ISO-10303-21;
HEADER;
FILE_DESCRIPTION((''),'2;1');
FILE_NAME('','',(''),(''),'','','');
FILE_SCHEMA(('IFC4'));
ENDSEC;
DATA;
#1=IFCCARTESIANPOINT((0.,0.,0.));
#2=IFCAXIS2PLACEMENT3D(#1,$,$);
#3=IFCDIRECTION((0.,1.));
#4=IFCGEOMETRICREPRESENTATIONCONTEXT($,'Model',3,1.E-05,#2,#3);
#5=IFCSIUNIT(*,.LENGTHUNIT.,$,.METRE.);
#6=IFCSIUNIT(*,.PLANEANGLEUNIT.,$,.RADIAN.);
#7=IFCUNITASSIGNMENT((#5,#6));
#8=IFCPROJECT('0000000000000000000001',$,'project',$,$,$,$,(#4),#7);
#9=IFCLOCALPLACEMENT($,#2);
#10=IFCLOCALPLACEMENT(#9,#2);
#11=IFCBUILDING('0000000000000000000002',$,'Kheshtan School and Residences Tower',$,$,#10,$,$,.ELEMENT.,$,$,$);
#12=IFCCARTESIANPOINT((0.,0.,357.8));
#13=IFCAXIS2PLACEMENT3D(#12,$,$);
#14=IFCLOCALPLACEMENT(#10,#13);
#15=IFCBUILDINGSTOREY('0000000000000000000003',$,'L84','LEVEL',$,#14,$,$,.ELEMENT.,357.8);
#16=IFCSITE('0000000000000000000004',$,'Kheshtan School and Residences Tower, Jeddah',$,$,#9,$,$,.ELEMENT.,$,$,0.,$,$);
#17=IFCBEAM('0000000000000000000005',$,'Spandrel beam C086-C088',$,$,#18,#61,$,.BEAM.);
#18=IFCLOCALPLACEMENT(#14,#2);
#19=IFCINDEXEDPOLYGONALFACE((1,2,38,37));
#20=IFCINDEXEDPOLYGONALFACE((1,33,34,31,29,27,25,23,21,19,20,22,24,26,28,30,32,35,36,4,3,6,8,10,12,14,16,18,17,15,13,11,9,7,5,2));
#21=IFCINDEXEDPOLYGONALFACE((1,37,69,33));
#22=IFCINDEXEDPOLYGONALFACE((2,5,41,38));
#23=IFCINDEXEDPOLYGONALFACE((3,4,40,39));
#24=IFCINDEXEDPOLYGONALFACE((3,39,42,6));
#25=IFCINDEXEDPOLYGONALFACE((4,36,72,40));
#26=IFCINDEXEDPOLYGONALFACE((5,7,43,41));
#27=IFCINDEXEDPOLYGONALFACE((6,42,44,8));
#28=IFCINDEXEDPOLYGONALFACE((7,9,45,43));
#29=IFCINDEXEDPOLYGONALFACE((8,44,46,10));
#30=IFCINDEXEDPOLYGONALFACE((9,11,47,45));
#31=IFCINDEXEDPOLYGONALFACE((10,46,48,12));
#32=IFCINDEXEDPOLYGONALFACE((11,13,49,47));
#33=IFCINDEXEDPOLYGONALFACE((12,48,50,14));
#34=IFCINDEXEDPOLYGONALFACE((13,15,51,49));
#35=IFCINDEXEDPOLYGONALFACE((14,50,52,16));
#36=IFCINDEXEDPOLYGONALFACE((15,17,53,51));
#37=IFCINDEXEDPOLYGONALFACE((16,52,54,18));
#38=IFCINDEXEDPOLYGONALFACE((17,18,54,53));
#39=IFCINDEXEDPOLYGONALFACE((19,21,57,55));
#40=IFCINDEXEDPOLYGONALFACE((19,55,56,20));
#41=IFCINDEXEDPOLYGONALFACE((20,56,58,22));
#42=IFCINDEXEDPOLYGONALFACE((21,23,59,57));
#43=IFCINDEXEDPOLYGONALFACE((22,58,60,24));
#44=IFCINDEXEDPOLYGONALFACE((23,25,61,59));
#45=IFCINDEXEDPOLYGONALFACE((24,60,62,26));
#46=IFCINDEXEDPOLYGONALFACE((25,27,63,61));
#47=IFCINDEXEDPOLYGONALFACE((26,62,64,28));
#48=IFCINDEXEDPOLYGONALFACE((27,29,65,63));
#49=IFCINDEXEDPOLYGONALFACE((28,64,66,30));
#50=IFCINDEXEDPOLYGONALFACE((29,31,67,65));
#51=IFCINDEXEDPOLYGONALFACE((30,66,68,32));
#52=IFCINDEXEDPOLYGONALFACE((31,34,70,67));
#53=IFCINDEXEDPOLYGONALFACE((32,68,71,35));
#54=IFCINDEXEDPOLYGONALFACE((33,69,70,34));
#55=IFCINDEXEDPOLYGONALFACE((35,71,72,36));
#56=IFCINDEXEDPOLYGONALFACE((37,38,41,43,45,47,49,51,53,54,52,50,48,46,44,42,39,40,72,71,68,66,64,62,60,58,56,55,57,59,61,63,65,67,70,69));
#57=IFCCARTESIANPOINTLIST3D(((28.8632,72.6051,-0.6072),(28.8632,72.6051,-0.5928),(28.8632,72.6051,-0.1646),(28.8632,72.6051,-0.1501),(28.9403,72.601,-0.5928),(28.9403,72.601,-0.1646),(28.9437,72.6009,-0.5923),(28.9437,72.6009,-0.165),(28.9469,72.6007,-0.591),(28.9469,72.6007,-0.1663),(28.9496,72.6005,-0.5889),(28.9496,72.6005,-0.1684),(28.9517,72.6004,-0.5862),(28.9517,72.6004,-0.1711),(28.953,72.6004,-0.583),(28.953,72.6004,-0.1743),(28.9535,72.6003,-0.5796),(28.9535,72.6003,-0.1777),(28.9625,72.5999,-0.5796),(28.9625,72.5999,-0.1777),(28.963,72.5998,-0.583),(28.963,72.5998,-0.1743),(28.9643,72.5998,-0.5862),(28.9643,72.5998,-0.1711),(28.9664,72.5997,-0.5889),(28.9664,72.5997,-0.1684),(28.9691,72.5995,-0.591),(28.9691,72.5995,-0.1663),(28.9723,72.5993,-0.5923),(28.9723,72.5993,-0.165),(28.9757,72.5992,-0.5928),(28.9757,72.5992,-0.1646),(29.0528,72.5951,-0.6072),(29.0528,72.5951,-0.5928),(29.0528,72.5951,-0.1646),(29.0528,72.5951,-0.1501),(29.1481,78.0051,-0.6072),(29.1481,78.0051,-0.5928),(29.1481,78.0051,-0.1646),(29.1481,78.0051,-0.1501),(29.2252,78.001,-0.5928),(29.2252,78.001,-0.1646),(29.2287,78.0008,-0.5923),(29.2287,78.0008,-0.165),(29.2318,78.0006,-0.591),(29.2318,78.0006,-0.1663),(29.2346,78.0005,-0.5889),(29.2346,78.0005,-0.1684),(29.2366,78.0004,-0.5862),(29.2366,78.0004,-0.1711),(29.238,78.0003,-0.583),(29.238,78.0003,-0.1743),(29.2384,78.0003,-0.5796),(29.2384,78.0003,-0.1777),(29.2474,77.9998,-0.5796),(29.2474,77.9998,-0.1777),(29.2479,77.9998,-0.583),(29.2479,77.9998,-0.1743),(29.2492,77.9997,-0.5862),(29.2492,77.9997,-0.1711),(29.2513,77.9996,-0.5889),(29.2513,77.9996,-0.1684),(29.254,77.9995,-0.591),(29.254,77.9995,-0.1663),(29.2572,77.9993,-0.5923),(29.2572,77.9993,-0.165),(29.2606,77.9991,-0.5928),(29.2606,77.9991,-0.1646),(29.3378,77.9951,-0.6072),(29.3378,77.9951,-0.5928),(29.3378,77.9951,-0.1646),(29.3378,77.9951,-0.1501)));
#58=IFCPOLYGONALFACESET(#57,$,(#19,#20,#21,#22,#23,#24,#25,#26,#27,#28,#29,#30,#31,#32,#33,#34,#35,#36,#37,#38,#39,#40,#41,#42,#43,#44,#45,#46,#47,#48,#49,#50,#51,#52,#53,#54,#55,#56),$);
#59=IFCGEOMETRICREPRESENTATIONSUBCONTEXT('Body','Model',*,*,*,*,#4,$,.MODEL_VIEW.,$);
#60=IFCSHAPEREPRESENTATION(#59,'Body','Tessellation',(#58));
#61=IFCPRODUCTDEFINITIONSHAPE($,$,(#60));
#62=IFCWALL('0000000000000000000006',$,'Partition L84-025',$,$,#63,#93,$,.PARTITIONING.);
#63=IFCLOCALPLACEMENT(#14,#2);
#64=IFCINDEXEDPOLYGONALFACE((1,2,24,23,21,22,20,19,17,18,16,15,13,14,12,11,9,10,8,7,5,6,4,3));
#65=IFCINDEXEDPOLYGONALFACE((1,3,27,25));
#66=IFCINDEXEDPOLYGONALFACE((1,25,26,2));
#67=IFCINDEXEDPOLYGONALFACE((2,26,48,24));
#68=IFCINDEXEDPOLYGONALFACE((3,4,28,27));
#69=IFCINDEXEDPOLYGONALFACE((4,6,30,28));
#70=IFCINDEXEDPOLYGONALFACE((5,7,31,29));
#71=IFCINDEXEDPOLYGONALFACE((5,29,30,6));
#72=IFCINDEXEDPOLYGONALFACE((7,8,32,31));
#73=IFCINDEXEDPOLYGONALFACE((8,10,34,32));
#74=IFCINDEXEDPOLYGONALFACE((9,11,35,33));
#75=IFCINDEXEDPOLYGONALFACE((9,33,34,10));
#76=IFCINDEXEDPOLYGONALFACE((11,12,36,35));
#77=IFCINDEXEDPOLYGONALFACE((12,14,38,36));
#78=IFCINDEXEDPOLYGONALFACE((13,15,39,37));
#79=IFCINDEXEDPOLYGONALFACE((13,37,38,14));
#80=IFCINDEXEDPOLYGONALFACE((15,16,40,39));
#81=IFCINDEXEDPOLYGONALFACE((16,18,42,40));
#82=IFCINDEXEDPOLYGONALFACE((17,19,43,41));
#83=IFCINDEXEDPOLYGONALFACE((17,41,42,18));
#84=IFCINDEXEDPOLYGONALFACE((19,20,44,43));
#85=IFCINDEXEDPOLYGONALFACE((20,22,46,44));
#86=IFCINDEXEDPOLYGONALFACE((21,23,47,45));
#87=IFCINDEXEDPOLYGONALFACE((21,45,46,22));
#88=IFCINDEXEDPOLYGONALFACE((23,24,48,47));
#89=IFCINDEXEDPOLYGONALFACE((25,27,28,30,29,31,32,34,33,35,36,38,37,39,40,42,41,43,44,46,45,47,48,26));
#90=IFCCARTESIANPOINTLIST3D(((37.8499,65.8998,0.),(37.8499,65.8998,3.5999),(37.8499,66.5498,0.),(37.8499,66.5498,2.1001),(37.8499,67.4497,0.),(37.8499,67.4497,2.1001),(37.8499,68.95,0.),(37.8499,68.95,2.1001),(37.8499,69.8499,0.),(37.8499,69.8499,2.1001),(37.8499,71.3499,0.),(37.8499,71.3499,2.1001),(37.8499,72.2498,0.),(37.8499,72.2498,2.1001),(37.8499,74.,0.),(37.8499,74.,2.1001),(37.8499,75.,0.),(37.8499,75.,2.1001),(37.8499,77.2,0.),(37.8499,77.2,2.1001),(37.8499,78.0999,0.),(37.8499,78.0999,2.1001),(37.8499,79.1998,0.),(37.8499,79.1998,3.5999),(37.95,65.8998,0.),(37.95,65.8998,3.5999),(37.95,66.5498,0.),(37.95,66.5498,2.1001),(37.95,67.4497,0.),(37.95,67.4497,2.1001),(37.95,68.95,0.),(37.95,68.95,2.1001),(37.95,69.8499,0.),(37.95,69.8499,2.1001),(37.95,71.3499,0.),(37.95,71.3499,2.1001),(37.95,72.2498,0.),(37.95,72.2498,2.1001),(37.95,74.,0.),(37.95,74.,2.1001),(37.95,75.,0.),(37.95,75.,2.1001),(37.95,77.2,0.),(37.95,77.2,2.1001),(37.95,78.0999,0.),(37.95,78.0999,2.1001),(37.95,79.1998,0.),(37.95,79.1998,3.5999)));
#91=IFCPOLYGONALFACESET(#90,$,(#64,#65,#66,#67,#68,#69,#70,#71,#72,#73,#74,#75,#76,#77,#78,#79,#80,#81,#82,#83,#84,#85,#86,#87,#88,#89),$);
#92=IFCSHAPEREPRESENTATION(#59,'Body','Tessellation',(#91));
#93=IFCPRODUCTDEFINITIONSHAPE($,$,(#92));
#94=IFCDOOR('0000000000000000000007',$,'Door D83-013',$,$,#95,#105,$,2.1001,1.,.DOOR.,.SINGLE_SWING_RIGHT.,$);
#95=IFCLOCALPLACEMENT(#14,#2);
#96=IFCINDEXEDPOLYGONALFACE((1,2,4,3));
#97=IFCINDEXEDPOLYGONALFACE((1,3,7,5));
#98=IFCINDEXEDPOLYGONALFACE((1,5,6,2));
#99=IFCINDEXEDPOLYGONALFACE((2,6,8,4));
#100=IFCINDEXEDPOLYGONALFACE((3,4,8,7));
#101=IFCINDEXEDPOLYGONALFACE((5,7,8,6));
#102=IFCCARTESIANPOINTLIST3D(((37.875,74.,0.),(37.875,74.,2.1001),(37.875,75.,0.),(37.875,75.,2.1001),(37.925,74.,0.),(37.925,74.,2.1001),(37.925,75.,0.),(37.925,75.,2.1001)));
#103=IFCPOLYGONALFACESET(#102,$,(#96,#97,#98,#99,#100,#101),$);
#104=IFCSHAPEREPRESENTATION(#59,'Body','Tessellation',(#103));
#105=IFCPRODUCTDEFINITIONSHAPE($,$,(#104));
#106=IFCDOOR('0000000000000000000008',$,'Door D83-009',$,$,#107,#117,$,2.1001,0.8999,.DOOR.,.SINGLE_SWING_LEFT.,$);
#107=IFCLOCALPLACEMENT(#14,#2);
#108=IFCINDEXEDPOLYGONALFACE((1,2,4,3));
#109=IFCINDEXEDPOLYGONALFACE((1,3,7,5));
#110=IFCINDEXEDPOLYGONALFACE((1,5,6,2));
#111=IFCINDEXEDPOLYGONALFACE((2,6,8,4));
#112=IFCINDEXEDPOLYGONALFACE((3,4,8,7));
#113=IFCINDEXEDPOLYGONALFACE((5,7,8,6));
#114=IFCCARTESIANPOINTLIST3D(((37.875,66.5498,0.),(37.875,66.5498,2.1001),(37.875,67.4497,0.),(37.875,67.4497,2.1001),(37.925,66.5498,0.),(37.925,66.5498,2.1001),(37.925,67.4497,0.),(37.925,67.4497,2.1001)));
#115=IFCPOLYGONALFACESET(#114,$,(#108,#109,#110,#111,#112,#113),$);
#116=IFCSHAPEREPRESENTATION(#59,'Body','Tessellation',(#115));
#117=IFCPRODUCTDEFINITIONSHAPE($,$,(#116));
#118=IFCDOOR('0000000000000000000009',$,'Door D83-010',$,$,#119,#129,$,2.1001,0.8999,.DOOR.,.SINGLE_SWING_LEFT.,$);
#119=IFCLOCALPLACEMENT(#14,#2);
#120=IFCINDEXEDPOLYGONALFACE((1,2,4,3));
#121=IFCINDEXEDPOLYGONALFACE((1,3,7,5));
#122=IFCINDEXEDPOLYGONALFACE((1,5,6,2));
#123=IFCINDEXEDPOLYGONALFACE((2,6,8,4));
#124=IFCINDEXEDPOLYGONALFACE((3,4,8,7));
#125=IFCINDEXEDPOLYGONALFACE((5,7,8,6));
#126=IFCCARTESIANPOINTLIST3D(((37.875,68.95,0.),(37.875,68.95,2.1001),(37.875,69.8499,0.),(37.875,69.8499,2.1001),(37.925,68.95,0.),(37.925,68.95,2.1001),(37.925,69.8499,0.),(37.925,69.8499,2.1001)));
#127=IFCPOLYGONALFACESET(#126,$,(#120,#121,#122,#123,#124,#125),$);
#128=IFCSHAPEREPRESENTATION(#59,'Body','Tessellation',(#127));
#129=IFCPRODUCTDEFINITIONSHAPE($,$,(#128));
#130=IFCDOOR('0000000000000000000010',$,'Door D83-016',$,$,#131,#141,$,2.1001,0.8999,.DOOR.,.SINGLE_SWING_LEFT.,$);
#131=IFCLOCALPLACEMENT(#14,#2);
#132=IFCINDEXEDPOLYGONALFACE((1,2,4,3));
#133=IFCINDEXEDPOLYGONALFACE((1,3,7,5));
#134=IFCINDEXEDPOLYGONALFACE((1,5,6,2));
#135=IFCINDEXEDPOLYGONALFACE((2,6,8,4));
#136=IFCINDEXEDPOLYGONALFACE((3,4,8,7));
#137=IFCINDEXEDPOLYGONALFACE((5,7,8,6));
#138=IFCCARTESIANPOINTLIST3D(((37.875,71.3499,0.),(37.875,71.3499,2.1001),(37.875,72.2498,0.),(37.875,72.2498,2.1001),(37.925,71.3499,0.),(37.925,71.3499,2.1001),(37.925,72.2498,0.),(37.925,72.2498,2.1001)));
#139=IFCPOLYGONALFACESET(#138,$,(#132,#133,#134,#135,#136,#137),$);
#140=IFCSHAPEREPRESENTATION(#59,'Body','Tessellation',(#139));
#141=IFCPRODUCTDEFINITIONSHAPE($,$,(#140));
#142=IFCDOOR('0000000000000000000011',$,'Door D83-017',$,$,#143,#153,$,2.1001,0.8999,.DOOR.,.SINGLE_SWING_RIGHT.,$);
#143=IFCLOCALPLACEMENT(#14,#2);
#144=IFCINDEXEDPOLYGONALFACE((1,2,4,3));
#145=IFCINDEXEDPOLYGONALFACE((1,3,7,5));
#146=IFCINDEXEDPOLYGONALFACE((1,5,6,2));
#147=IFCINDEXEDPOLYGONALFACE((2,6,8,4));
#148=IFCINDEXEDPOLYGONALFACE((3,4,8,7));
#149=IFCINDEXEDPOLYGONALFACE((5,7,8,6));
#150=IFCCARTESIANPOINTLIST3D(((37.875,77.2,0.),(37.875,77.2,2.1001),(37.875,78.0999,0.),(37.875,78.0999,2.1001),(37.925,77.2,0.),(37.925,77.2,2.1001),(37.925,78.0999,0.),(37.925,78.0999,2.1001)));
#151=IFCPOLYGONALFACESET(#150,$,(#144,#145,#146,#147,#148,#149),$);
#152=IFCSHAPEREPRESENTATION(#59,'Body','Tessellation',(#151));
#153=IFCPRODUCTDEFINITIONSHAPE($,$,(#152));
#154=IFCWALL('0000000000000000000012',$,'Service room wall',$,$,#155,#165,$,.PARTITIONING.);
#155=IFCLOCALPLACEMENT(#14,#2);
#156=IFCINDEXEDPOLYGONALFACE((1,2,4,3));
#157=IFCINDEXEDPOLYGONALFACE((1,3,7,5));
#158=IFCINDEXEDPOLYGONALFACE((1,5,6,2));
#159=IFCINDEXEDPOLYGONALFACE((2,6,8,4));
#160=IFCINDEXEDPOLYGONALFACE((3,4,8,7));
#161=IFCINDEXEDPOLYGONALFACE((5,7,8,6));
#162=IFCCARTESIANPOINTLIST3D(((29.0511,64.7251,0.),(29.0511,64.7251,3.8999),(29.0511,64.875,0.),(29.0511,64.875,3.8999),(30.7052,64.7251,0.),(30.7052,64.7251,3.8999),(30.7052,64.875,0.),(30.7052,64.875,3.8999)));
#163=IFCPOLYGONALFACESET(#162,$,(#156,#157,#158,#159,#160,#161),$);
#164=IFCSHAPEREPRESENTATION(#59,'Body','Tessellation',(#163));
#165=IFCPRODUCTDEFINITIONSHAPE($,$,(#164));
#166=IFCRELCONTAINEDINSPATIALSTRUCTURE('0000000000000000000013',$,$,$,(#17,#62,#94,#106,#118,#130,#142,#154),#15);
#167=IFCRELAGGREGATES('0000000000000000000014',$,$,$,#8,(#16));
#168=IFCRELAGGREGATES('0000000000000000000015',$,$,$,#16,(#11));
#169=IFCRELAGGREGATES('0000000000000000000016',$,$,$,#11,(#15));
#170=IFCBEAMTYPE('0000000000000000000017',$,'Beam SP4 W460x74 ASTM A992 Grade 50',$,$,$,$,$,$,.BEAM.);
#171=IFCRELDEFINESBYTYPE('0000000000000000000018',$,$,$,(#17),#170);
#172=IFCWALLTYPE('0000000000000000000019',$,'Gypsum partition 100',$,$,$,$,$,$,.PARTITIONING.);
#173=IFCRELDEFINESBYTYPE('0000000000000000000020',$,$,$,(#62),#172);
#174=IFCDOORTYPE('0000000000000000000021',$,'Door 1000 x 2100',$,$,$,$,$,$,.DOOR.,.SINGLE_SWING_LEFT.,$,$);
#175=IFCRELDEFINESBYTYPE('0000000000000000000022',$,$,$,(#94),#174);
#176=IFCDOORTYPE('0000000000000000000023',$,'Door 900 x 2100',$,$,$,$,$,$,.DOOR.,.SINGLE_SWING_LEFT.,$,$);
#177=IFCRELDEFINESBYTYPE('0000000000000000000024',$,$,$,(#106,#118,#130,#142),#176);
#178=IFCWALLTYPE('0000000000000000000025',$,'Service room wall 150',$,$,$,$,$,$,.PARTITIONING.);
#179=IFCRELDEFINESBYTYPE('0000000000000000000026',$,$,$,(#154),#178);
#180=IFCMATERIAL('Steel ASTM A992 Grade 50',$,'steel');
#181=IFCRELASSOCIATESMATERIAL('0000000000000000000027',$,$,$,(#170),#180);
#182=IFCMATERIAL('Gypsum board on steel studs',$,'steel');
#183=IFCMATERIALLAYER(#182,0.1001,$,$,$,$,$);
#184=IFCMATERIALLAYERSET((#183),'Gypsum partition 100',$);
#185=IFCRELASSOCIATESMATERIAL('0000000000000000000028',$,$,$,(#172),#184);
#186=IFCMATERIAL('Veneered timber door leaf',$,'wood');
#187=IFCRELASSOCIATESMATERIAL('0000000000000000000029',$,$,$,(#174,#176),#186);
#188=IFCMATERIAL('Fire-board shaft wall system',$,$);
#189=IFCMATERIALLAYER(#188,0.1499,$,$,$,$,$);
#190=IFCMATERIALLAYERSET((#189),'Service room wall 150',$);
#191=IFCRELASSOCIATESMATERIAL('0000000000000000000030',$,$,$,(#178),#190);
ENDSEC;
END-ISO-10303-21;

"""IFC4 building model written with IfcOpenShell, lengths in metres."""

from ifc_helpers import new_model, si_unit, direction, frame, frame_2d, origin, origin_2d, place, context, subcontext, project, spatial, rectangle, i_section, extrude, source, transform, mapped, material, layer, layer_set, material_profile, profile_set, type_object, element, fill, save


model = new_model("IFC4")

# Units and contexts
model_context = context("Model", 3, precision=1e-05, world=origin(), true_north=direction((0.0, 1.0)))
body_context = subcontext(model_context, "Body", "Model", "MODEL_VIEW")
ifc_project = project(units=[si_unit("LENGTHUNIT", "METRE"), si_unit("PLANEANGLEUNIT", "RADIAN")], contexts=[model_context])

# Site, building, storey
site_placement = place(None, origin())
site = spatial("IfcSite", under=ifc_project, at=site_placement, Name="Kheshtan School and Residences Tower, Jeddah", CompositionType="ELEMENT", RefElevation=0.0)
building_placement = place(site_placement, origin())
building = spatial("IfcBuilding", under=site, at=building_placement, Name="Kheshtan School and Residences Tower", CompositionType="ELEMENT")
storey_placement = place(building_placement, frame((0.0, 0.0, 357.8)))
storey = spatial("IfcBuildingStorey", under=building, at=storey_placement, Name="L84", Description="LEVEL", CompositionType="ELEMENT", Elevation=357.8)

# Shared definitions
ifc_material_1 = material(Name="Steel ASTM A992 Grade 50", Category="steel")

# Beam
ifc_material_profile_1 = material_profile(ifc_material_1, i_section(OverallWidth=0.1899, OverallDepth=0.457, WebThickness=0.009, FlangeThickness=0.0144, FilletRadius=0.0132, at=origin_2d()), Name="W460x74")
ifc_profile_set_1 = profile_set([ifc_material_profile_1], Name="Steel ASTM A992 Grade 50")
beam_type_1 = type_object("IfcBeamType", Name="Beam SP4 W460x74 ASTM A992 Grade 50", PredefinedType="BEAM", material=ifc_profile_set_1)
beam_1_placement = place(storey_placement, frame((28.958, 72.6001, -0.3787), z_axis=(0.052689, 0.998611, 0.0), x_axis=(-0.998611, 0.052689, 0.0)))
element("IfcBeam", 1, at=beam_1_placement, inside=storey, type_object=beam_type_1, Name="Spandrel beam C086-C088", PredefinedType="BEAM", context=body_context, shape_type="SweptSolid", body=[
    extrude(i_section(OverallWidth=0.1899, OverallDepth=0.457, WebThickness=0.009, FlangeThickness=0.0144, FilletRadius=0.0132, at=origin_2d()), origin(), (0.0, 0.0, 1.0), 5.4075),
])

# Wall, openings, doors
ifc_material_2 = material(Name="Gypsum board on steel studs", Category="steel")
ifc_layer_1 = layer(ifc_material_2, 0.1001)
ifc_layer_set_1 = layer_set([ifc_layer_1], Name="Gypsum partition 100")
wall_type_1 = type_object("IfcWallType", Name="Gypsum partition 100", PredefinedType="PARTITIONING", material=ifc_layer_set_1)
wall_1_placement = place(storey_placement, frame((37.8999, 65.8999, 0.0), z_axis=(0.0, 0.0, 1.0), x_axis=(0.0, 1.0, 0.0)))
wall_1 = element("IfcWall", 2, at=wall_1_placement, inside=storey, type_object=wall_type_1, Name="Partition L84-025", PredefinedType="PARTITIONING", context=body_context, shape_type="SweptSolid", body=[
    extrude(rectangle(XDim=13.3, YDim=0.1001, at=frame_2d((6.6499, 0.0))), origin(), (0.0, 0.0, 1.0), 3.5999),
])
opening_1_placement = place(wall_1_placement, frame((0.6499, 0.0, 0.0)))
opening_1 = element("IfcOpeningElement", 3, at=opening_1_placement, cuts=wall_1, PredefinedType="OPENING", context=body_context, shape_type="SweptSolid", body=[
    extrude(rectangle(XDim=0.8999, YDim=2.1001, at=frame_2d((0.45, 1.05))), frame((0.0, 0.0601, 0.0), z_axis=(0.0, -1.0, 0.0), x_axis=(1.0, 0.0, 0.0)), (0.0, 0.0, 1.0), 0.1201),
])
opening_2_placement = place(wall_1_placement, frame((3.05, 0.0, 0.0)))
opening_2 = element("IfcOpeningElement", 4, at=opening_2_placement, cuts=wall_1, PredefinedType="OPENING", context=body_context, shape_type="SweptSolid", body=[
    extrude(rectangle(XDim=0.8999, YDim=2.1001, at=frame_2d((0.45, 1.05))), frame((0.0, 0.0601, 0.0), z_axis=(0.0, -1.0, 0.0), x_axis=(1.0, 0.0, 0.0)), (0.0, 0.0, 1.0), 0.1201),
])
opening_3_placement = place(wall_1_placement, frame((8.1001, 0.0, 0.0)))
opening_3 = element("IfcOpeningElement", 5, at=opening_3_placement, cuts=wall_1, PredefinedType="OPENING", context=body_context, shape_type="SweptSolid", body=[
    extrude(rectangle(XDim=1.0, YDim=2.1001, at=frame_2d((0.5, 1.05))), frame((0.0, 0.0601, 0.0), z_axis=(0.0, -1.0, 0.0), x_axis=(1.0, 0.0, 0.0)), (0.0, 0.0, 1.0), 0.1201),
])
opening_4_placement = place(wall_1_placement, frame((5.45, 0.0, 0.0)))
opening_4 = element("IfcOpeningElement", 6, at=opening_4_placement, cuts=wall_1, PredefinedType="OPENING", context=body_context, shape_type="SweptSolid", body=[
    extrude(rectangle(XDim=0.8999, YDim=2.1001, at=frame_2d((0.45, 1.05))), frame((0.0, 0.0601, 0.0), z_axis=(0.0, -1.0, 0.0), x_axis=(1.0, 0.0, 0.0)), (0.0, 0.0, 1.0), 0.1201),
])
opening_5_placement = place(wall_1_placement, frame((11.3, 0.0, 0.0)))
opening_5 = element("IfcOpeningElement", 7, at=opening_5_placement, cuts=wall_1, PredefinedType="OPENING", context=body_context, shape_type="SweptSolid", body=[
    extrude(rectangle(XDim=0.8999, YDim=2.1001, at=frame_2d((0.45, 1.05))), frame((0.0, 0.0601, 0.0), z_axis=(0.0, -1.0, 0.0), x_axis=(1.0, 0.0, 0.0)), (0.0, 0.0, 1.0), 0.1201),
])
ifc_material_3 = material(Name="Veneered timber door leaf", Category="wood")
door_type_1 = type_object("IfcDoorType", Name="Door 1000 x 2100", OperationType="SINGLE_SWING_LEFT", PredefinedType="DOOR", material=ifc_material_3)
shared_shape_1 = source(origin(), body_context, "Body", "SweptSolid", [
    extrude(rectangle(XDim=1.0, YDim=2.1001, at=frame_2d((0.5, 1.05))), frame((0.0, 0.0249, 0.0), z_axis=(0.0, -1.0, 0.0), x_axis=(1.0, 0.0, 0.0)), (0.0, 0.0, 1.0), 0.05),
])
door_1_placement = place(opening_3_placement, origin())
door_1 = element("IfcDoor", 8, at=door_1_placement, inside=storey, type_object=door_type_1, Name="Door D83-013", OperationType="SINGLE_SWING_RIGHT", OverallHeight=2.1001, OverallWidth=1.0, PredefinedType="DOOR", context=body_context, shape_type="MappedRepresentation", body=[
    mapped(shared_shape_1, transform((0.0, 0.0, 0.0), x_axis=(1.0, 0.0, 0.0), y_axis=(0.0, 1.0, 0.0), z_axis=(0.0, 0.0, 1.0), scale=1.0)),
])
fill(opening_3, door_1)
door_type_2 = type_object("IfcDoorType", Name="Door 900 x 2100", OperationType="SINGLE_SWING_LEFT", PredefinedType="DOOR", material=ifc_material_3)
shared_shape_2 = source(origin(), body_context, "Body", "SweptSolid", [
    extrude(rectangle(XDim=0.8999, YDim=2.1001, at=frame_2d((0.45, 1.05))), frame((0.0, 0.0249, 0.0), z_axis=(0.0, -1.0, 0.0), x_axis=(1.0, 0.0, 0.0)), (0.0, 0.0, 1.0), 0.05),
])
door_2_placement = place(opening_1_placement, origin())
door_2 = element("IfcDoor", 9, at=door_2_placement, inside=storey, type_object=door_type_2, Name="Door D83-009", OperationType="SINGLE_SWING_LEFT", OverallHeight=2.1001, OverallWidth=0.8999, PredefinedType="DOOR", context=body_context, shape_type="MappedRepresentation", body=[
    mapped(shared_shape_2, transform((0.0, 0.0, 0.0), x_axis=(1.0, 0.0, 0.0), y_axis=(0.0, 1.0, 0.0), z_axis=(0.0, 0.0, 1.0), scale=1.0)),
])
fill(opening_1, door_2)
door_3_placement = place(opening_2_placement, origin())
door_3 = element("IfcDoor", 10, at=door_3_placement, inside=storey, type_object=door_type_2, Name="Door D83-010", OperationType="SINGLE_SWING_LEFT", OverallHeight=2.1001, OverallWidth=0.8999, PredefinedType="DOOR", context=body_context, shape_type="MappedRepresentation", body=[
    mapped(shared_shape_2, transform((0.0, 0.0, 0.0), x_axis=(1.0, 0.0, 0.0), y_axis=(0.0, 1.0, 0.0), z_axis=(0.0, 0.0, 1.0), scale=1.0)),
])
fill(opening_2, door_3)
door_4_placement = place(opening_4_placement, origin())
door_4 = element("IfcDoor", 11, at=door_4_placement, inside=storey, type_object=door_type_2, Name="Door D83-016", OperationType="SINGLE_SWING_LEFT", OverallHeight=2.1001, OverallWidth=0.8999, PredefinedType="DOOR", context=body_context, shape_type="MappedRepresentation", body=[
    mapped(shared_shape_2, transform((0.0, 0.0, 0.0), x_axis=(1.0, 0.0, 0.0), y_axis=(0.0, 1.0, 0.0), z_axis=(0.0, 0.0, 1.0), scale=1.0)),
])
fill(opening_4, door_4)
door_5_placement = place(opening_5_placement, origin())
door_5 = element("IfcDoor", 12, at=door_5_placement, inside=storey, type_object=door_type_2, Name="Door D83-017", OperationType="SINGLE_SWING_RIGHT", OverallHeight=2.1001, OverallWidth=0.8999, PredefinedType="DOOR", context=body_context, shape_type="MappedRepresentation", body=[
    mapped(shared_shape_2, transform((0.0, 0.0, 0.0), x_axis=(1.0, 0.0, 0.0), y_axis=(0.0, 1.0, 0.0), z_axis=(0.0, 0.0, 1.0), scale=1.0)),
])
fill(opening_5, door_5)

# Wall
ifc_material_4 = material(Name="Fire-board shaft wall system")
ifc_layer_2 = layer(ifc_material_4, 0.1499)
ifc_layer_set_2 = layer_set([ifc_layer_2], Name="Service room wall 150")
wall_type_2 = type_object("IfcWallType", Name="Service room wall 150", PredefinedType="PARTITIONING", material=ifc_layer_set_2)
wall_2_placement = place(storey_placement, frame((29.051, 64.8, 0.0), z_axis=(0.0, 0.0, 1.0), x_axis=(1.0, 0.0, 0.0)))
element("IfcWall", 13, at=wall_2_placement, inside=storey, type_object=wall_type_2, Name="Service room wall", PredefinedType="PARTITIONING", context=body_context, shape_type="SweptSolid", body=[
    extrude(rectangle(XDim=1.6541, YDim=0.1499, at=frame_2d((0.8271, 0.0))), origin(), (0.0, 0.0, 1.0), 3.8999),
])

save(model, "model.ifc")
